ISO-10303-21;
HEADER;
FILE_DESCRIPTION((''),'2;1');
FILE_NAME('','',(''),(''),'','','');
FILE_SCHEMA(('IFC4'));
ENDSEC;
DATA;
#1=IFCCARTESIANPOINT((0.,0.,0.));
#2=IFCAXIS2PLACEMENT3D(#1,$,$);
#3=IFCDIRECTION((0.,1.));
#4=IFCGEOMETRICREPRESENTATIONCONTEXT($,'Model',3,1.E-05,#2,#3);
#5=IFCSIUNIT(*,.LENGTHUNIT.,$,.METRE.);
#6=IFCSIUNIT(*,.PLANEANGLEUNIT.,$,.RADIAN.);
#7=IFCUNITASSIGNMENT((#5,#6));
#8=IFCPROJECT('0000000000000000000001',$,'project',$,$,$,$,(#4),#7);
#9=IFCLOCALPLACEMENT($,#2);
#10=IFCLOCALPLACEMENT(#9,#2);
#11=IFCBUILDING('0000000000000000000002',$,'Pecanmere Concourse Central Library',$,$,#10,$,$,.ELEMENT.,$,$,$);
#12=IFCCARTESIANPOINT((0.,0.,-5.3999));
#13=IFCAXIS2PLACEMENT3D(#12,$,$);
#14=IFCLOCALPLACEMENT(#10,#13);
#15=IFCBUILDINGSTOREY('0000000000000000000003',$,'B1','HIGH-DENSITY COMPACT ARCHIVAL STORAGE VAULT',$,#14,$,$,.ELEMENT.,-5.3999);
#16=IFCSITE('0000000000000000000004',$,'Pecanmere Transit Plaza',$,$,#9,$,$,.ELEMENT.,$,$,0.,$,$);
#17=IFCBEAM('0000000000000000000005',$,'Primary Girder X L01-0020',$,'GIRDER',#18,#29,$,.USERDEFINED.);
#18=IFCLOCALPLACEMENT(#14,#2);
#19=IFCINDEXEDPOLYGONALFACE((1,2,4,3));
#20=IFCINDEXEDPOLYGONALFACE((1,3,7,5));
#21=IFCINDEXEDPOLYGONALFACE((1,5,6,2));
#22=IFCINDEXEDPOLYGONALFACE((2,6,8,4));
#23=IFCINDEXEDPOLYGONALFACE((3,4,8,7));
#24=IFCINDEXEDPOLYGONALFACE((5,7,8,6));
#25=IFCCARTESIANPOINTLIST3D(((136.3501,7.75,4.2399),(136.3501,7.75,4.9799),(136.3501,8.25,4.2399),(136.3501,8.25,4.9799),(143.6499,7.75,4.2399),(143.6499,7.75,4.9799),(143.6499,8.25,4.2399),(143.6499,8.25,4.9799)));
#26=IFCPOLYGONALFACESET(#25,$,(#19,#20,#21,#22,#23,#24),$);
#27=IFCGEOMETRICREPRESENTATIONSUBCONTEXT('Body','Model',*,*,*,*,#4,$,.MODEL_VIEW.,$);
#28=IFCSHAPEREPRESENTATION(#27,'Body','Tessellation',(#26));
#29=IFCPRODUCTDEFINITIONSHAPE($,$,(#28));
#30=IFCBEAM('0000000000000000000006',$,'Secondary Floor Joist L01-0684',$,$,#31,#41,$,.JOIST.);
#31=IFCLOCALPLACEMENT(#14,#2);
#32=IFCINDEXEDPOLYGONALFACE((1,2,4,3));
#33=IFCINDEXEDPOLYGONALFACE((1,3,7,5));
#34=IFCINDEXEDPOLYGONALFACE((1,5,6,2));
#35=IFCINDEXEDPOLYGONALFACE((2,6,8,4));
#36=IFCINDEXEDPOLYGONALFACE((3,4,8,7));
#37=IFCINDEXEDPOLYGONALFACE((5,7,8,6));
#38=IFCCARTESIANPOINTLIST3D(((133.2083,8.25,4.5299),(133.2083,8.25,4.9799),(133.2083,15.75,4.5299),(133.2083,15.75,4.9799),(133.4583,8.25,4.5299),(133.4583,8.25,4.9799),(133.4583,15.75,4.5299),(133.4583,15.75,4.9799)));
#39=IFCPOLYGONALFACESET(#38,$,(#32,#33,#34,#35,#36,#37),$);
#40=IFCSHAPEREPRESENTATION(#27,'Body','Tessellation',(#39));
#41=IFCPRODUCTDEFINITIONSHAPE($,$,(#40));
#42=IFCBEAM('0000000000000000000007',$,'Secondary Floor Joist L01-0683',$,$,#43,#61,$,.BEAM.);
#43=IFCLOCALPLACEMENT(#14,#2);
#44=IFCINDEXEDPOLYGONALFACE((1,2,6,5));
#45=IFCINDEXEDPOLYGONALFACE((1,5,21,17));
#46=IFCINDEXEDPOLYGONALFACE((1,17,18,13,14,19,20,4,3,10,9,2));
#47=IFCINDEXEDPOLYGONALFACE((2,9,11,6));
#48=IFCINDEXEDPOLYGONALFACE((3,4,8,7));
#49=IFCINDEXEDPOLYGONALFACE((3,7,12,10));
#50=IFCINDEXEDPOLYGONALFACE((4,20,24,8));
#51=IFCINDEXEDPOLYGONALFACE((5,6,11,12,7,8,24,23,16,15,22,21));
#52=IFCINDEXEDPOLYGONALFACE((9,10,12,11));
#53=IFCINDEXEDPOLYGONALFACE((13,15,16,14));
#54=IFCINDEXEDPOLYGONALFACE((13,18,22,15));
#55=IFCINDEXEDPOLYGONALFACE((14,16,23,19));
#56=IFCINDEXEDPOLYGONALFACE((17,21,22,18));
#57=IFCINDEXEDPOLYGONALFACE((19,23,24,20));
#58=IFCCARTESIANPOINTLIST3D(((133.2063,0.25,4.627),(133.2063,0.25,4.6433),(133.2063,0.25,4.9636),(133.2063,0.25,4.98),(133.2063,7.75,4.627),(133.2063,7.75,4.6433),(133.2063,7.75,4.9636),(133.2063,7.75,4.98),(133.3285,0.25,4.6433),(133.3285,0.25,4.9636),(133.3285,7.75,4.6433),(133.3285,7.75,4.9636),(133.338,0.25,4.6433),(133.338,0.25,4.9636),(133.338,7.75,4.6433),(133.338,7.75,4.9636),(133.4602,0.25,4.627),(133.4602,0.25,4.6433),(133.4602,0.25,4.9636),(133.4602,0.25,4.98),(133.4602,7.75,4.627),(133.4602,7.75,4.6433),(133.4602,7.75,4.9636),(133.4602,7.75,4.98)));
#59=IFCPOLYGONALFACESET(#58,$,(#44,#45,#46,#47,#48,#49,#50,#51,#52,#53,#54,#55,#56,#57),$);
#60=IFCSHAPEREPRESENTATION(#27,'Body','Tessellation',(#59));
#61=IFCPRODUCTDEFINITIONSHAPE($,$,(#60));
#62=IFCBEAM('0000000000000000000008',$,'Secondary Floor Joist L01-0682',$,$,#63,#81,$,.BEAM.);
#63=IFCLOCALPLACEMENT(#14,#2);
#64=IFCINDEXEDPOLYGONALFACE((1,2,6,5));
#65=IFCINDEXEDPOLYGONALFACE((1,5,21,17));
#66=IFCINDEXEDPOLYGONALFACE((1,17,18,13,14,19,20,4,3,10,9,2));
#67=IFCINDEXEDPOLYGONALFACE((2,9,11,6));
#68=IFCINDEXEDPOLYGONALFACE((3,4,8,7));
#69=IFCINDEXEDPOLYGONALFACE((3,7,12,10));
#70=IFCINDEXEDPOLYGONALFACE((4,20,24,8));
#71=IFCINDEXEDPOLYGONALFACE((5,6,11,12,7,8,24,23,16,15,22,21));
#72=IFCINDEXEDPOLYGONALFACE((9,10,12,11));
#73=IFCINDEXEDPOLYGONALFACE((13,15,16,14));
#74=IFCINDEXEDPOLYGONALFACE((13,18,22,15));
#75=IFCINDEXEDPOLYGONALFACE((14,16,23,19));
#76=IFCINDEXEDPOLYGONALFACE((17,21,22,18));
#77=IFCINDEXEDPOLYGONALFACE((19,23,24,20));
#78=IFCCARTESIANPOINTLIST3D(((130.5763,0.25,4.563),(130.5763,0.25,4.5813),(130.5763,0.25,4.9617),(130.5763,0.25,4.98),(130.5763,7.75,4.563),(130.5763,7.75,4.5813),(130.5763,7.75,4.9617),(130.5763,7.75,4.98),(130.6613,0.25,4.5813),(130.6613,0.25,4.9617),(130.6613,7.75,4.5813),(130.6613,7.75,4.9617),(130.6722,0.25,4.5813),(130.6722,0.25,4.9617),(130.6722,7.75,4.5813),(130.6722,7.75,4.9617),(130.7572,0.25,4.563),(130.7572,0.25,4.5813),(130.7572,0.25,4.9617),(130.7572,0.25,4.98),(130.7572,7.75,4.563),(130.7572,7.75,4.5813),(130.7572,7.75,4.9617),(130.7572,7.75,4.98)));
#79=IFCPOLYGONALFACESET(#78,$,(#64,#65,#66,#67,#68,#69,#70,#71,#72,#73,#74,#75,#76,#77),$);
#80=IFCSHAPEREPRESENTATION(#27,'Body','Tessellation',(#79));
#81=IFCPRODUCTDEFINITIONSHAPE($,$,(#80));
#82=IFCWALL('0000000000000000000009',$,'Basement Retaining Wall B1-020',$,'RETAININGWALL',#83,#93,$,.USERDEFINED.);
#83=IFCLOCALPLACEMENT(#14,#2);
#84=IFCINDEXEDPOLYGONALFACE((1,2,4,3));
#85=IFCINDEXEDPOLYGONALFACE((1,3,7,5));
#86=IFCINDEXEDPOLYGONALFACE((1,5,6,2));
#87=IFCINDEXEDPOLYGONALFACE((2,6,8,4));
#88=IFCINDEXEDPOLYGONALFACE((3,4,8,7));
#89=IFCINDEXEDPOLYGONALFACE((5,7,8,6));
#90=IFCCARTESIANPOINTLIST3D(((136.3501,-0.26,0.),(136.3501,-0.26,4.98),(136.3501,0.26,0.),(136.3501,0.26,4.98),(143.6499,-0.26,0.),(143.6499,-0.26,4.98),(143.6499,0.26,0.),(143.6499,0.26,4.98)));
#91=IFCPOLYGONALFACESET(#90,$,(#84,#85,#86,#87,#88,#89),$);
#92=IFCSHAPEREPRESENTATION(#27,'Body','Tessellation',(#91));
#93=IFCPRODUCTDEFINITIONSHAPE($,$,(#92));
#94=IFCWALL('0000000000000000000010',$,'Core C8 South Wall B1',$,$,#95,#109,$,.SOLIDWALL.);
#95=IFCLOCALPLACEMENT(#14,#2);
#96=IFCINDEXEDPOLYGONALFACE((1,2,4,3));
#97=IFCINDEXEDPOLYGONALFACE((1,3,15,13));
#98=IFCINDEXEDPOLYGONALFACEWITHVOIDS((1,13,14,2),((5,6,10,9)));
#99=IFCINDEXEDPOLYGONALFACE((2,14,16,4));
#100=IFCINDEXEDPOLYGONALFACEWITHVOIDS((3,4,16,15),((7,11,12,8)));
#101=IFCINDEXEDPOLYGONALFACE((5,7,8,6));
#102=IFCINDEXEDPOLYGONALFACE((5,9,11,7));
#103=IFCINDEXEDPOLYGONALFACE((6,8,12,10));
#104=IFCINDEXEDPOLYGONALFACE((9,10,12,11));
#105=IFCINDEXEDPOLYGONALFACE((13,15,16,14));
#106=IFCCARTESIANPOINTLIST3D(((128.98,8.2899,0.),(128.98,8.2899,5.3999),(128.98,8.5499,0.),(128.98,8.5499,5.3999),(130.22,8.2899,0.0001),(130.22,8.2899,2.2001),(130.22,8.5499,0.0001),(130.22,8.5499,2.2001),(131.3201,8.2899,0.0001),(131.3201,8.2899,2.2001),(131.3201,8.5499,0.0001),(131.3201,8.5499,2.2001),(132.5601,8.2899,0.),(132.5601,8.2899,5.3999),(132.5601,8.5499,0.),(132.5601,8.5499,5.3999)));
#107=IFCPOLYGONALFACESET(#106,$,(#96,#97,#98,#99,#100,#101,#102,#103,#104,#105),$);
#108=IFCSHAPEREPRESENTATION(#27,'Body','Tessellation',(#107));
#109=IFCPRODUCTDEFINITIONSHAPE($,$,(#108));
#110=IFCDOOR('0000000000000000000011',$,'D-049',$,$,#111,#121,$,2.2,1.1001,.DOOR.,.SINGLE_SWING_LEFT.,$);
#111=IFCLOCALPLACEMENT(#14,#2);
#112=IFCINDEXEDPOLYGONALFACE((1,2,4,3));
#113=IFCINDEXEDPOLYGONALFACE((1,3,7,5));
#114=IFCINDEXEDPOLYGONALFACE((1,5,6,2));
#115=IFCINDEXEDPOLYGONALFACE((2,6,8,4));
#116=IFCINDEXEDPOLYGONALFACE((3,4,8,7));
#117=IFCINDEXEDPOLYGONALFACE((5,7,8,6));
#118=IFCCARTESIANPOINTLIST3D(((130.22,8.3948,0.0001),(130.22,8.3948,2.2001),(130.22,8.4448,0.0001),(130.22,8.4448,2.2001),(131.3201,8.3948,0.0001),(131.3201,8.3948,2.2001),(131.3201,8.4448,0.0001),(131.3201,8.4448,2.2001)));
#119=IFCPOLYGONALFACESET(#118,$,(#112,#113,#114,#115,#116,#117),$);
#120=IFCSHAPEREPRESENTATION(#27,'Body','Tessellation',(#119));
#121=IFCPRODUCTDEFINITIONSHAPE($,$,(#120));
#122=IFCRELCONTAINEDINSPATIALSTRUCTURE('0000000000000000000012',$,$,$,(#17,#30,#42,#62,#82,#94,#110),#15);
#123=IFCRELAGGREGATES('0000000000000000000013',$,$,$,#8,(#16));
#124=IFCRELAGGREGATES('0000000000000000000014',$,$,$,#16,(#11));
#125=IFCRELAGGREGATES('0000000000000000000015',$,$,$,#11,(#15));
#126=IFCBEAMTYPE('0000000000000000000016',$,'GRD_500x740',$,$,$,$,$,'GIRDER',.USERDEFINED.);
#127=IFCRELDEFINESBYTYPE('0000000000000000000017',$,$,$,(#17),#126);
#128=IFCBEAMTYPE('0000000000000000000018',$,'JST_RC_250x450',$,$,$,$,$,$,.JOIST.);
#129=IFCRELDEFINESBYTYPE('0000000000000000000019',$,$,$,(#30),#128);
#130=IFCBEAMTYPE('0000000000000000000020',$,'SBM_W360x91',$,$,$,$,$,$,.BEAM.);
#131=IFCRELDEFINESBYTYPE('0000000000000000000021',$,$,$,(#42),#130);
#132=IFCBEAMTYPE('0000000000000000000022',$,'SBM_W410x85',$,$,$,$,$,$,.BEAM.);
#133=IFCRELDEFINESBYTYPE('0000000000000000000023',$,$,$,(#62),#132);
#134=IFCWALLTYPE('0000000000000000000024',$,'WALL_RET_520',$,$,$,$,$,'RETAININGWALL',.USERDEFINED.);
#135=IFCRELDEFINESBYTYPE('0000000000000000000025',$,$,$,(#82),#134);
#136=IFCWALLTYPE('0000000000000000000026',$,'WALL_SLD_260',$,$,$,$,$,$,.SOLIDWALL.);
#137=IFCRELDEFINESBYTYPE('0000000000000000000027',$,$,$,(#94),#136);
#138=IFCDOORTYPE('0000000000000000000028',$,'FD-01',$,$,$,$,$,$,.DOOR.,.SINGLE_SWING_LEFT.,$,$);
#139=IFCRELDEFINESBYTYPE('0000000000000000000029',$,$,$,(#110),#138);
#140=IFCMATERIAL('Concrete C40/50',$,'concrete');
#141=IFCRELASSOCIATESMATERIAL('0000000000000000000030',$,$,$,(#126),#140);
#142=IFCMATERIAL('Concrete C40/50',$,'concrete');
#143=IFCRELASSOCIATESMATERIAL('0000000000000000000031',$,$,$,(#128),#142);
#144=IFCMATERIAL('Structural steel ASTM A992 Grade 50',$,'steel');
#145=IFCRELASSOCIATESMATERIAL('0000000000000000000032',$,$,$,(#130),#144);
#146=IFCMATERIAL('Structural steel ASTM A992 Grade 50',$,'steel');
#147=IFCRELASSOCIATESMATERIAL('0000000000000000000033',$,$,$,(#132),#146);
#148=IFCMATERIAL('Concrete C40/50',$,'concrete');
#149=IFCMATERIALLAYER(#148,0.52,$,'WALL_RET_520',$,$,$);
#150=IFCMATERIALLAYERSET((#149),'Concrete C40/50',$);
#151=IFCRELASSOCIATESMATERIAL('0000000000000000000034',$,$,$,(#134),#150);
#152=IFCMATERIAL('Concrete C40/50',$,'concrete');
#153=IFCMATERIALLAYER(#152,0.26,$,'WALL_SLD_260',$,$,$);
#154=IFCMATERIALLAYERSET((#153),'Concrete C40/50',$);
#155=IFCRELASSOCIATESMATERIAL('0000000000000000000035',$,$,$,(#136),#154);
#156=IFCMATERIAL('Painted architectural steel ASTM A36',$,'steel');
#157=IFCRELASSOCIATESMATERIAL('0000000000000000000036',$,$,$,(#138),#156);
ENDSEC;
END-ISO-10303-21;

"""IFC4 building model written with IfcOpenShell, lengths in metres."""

from ifc_helpers import new_model, si_unit, direction, frame, frame_2d, origin, origin_2d, place, context, subcontext, project, spatial, rectangle, i_section, extrude, material, layer, layer_set, material_profile, profile_set, type_object, element, fill, save


model = new_model("IFC4")

# Units and contexts
model_context = context("Model", 3, precision=1e-05, world=origin(), true_north=direction((0.0, 1.0)))
body_context = subcontext(model_context, "Body", "Model", "MODEL_VIEW")
ifc_project = project(units=[si_unit("LENGTHUNIT", "METRE"), si_unit("PLANEANGLEUNIT", "RADIAN")], contexts=[model_context])

# Site, building, storey
site_placement = place(None, origin())
site = spatial("IfcSite", under=ifc_project, at=site_placement, Name="Pecanmere Transit Plaza", CompositionType="ELEMENT", RefElevation=0.0)
building_placement = place(site_placement, origin())
building = spatial("IfcBuilding", under=site, at=building_placement, Name="Pecanmere Concourse Central Library", CompositionType="ELEMENT")
storey_placement = place(building_placement, frame((0.0, 0.0, -5.3999)))
storey = spatial("IfcBuildingStorey", under=building, at=storey_placement, Name="B1", Description="HIGH-DENSITY COMPACT ARCHIVAL STORAGE VAULT", CompositionType="ELEMENT", Elevation=-5.3999)

# Beams
ifc_material_1 = material(Name="Concrete C40/50", Category="concrete")
ifc_material_profile_1 = material_profile(ifc_material_1, rectangle(XDim=0.5, YDim=0.74, at=origin_2d()), Name="RC 500x740")
ifc_profile_set_1 = profile_set([ifc_material_profile_1], Name="Concrete C40/50")
beam_type_1 = type_object("IfcBeamType", Name="GRD_500x740", ElementType="GIRDER", PredefinedType="USERDEFINED", material=ifc_profile_set_1)
for number, where, z_axis, x_axis, name in (
    (1, (136.3501, 8.0, 4.6099), (1.0, 0.0, 0.0), (0.0, 1.0, 0.0), "Primary Girder X L01-0020"),
):
    element("IfcBeam", number, at=place(storey_placement, frame(where, z_axis=z_axis, x_axis=x_axis)), inside=storey, type_object=beam_type_1, Name=name, ObjectType="GIRDER", PredefinedType="USERDEFINED", context=body_context, shape_type="SweptSolid", body=[
        extrude(rectangle(XDim=0.5, YDim=0.74, at=origin_2d()), origin(), (0.0, 0.0, 1.0), 7.2998),
    ])
ifc_material_2 = material(Name="Concrete C40/50", Category="concrete")
ifc_material_profile_2 = material_profile(ifc_material_2, rectangle(XDim=0.25, YDim=0.45, at=origin_2d()), Name="RC 250x450")
ifc_profile_set_2 = profile_set([ifc_material_profile_2], Name="Concrete C40/50")
beam_type_2 = type_object("IfcBeamType", Name="JST_RC_250x450", PredefinedType="JOIST", material=ifc_profile_set_2)
beam_1_placement = place(storey_placement, frame((133.3333, 8.25, 4.7549), z_axis=(0.0, 1.0, 0.0), x_axis=(-1.0, 0.0, 0.0)))
element("IfcBeam", 2, at=beam_1_placement, inside=storey, type_object=beam_type_2, Name="Secondary Floor Joist L01-0684", PredefinedType="JOIST", context=body_context, shape_type="SweptSolid", body=[
    extrude(rectangle(XDim=0.25, YDim=0.45, at=origin_2d()), origin(), (0.0, 0.0, 1.0), 7.5),
])
ifc_material_3 = material(Name="Structural steel ASTM A992 Grade 50", Category="steel")
ifc_material_profile_3 = material_profile(ifc_material_3, i_section(OverallWidth=0.2539, OverallDepth=0.353, WebThickness=0.0095, FlangeThickness=0.0164, at=origin_2d()), Name="W360x91")
ifc_profile_set_3 = profile_set([ifc_material_profile_3], Name="Structural steel ASTM A992 Grade 50")
beam_type_3 = type_object("IfcBeamType", Name="SBM_W360x91", PredefinedType="BEAM", material=ifc_profile_set_3)
beam_2_placement = place(storey_placement, frame((133.3333, 0.25, 4.8035), z_axis=(0.0, 1.0, 0.0), x_axis=(-1.0, 0.0, 0.0)))
element("IfcBeam", 3, at=beam_2_placement, inside=storey, type_object=beam_type_3, Name="Secondary Floor Joist L01-0683", PredefinedType="BEAM", context=body_context, shape_type="SweptSolid", body=[
    extrude(i_section(OverallWidth=0.2539, OverallDepth=0.353, WebThickness=0.0095, FlangeThickness=0.0164, at=origin_2d()), origin(), (0.0, 0.0, 1.0), 7.5),
])
ifc_material_4 = material(Name="Structural steel ASTM A992 Grade 50", Category="steel")
ifc_material_profile_4 = material_profile(ifc_material_4, i_section(OverallWidth=0.1809, OverallDepth=0.417, WebThickness=0.011, FlangeThickness=0.0183, at=origin_2d()), Name="W410x85")
ifc_profile_set_4 = profile_set([ifc_material_profile_4], Name="Structural steel ASTM A992 Grade 50")
beam_type_4 = type_object("IfcBeamType", Name="SBM_W410x85", PredefinedType="BEAM", material=ifc_profile_set_4)
beam_3_placement = place(storey_placement, frame((130.6667, 0.25, 4.7715), z_axis=(0.0, 1.0, 0.0), x_axis=(-1.0, 0.0, 0.0)))
element("IfcBeam", 4, at=beam_3_placement, inside=storey, type_object=beam_type_4, Name="Secondary Floor Joist L01-0682", PredefinedType="BEAM", context=body_context, shape_type="SweptSolid", body=[
    extrude(i_section(OverallWidth=0.1809, OverallDepth=0.417, WebThickness=0.011, FlangeThickness=0.0183, at=origin_2d()), origin(), (0.0, 0.0, 1.0), 7.5),
])

# Wall
ifc_material_5 = material(Name="Concrete C40/50", Category="concrete")
ifc_layer_1 = layer(ifc_material_5, 0.52, Name="WALL_RET_520")
ifc_layer_set_1 = layer_set([ifc_layer_1], Name="Concrete C40/50")
wall_type_1 = type_object("IfcWallType", Name="WALL_RET_520", ElementType="RETAININGWALL", PredefinedType="USERDEFINED", material=ifc_layer_set_1)
wall_1_placement = place(storey_placement, frame((136.3501, 0.0, 0.0), z_axis=(0.0, 0.0, 1.0), x_axis=(1.0, 0.0, 0.0)))
element("IfcWall", 5, at=wall_1_placement, inside=storey, type_object=wall_type_1, Name="Basement Retaining Wall B1-020", ObjectType="RETAININGWALL", PredefinedType="USERDEFINED", context=body_context, shape_type="SweptSolid", body=[
    extrude(rectangle(XDim=7.2998, YDim=0.52, at=frame_2d((3.6499, 0.0))), origin(), (0.0, 0.0, 1.0), 4.98),
])

# Wall, opening, door
ifc_material_6 = material(Name="Concrete C40/50", Category="concrete")
ifc_layer_2 = layer(ifc_material_6, 0.26, Name="WALL_SLD_260")
ifc_layer_set_2 = layer_set([ifc_layer_2], Name="Concrete C40/50")
wall_type_2 = type_object("IfcWallType", Name="WALL_SLD_260", PredefinedType="SOLIDWALL", material=ifc_layer_set_2)
wall_2_placement = place(storey_placement, frame((128.98, 8.4199, 0.0), z_axis=(0.0, 0.0, 1.0), x_axis=(1.0, 0.0, 0.0)))
wall_2 = element("IfcWall", 6, at=wall_2_placement, inside=storey, type_object=wall_type_2, Name="Core C8 South Wall B1", PredefinedType="SOLIDWALL", context=body_context, shape_type="SweptSolid", body=[
    extrude(rectangle(XDim=3.5801, YDim=0.26, at=frame_2d((1.79, 0.0))), origin(), (0.0, 0.0, 1.0), 5.3999),
])
opening_placement = place(wall_2_placement, frame((1.24, 0.0, 0.0)))
opening = element("IfcOpeningElement", 7, at=opening_placement, cuts=wall_2, PredefinedType="OPENING", context=body_context, shape_type="SweptSolid", body=[
    extrude(rectangle(XDim=1.1001, YDim=2.2, at=frame_2d((0.55, 1.1001))), frame((0.0, 0.1421, 0.0), z_axis=(0.0, -1.0, 0.0), x_axis=(1.0, 0.0, 0.0)), (0.0, 0.0, 1.0), 0.2839),
])
ifc_material_7 = material(Name="Painted architectural steel ASTM A36", Category="steel")
door_type = type_object("IfcDoorType", Name="FD-01", OperationType="SINGLE_SWING_LEFT", PredefinedType="DOOR", material=ifc_material_7)
door_placement = place(opening_placement, origin())
door = element("IfcDoor", 8, at=door_placement, inside=storey, type_object=door_type, Name="D-049", OperationType="SINGLE_SWING_LEFT", OverallHeight=2.2, OverallWidth=1.1001, PredefinedType="DOOR", context=body_context, shape_type="SweptSolid", body=[
    extrude(rectangle(XDim=1.1001, YDim=2.2, at=frame_2d((0.55, 1.1001))), frame((0.0, 0.0249, 0.0), z_axis=(0.0, -1.0, 0.0), x_axis=(1.0, 0.0, 0.0)), (0.0, 0.0, 1.0), 0.05),
])
fill(opening, door)

save(model, "model.ifc")
